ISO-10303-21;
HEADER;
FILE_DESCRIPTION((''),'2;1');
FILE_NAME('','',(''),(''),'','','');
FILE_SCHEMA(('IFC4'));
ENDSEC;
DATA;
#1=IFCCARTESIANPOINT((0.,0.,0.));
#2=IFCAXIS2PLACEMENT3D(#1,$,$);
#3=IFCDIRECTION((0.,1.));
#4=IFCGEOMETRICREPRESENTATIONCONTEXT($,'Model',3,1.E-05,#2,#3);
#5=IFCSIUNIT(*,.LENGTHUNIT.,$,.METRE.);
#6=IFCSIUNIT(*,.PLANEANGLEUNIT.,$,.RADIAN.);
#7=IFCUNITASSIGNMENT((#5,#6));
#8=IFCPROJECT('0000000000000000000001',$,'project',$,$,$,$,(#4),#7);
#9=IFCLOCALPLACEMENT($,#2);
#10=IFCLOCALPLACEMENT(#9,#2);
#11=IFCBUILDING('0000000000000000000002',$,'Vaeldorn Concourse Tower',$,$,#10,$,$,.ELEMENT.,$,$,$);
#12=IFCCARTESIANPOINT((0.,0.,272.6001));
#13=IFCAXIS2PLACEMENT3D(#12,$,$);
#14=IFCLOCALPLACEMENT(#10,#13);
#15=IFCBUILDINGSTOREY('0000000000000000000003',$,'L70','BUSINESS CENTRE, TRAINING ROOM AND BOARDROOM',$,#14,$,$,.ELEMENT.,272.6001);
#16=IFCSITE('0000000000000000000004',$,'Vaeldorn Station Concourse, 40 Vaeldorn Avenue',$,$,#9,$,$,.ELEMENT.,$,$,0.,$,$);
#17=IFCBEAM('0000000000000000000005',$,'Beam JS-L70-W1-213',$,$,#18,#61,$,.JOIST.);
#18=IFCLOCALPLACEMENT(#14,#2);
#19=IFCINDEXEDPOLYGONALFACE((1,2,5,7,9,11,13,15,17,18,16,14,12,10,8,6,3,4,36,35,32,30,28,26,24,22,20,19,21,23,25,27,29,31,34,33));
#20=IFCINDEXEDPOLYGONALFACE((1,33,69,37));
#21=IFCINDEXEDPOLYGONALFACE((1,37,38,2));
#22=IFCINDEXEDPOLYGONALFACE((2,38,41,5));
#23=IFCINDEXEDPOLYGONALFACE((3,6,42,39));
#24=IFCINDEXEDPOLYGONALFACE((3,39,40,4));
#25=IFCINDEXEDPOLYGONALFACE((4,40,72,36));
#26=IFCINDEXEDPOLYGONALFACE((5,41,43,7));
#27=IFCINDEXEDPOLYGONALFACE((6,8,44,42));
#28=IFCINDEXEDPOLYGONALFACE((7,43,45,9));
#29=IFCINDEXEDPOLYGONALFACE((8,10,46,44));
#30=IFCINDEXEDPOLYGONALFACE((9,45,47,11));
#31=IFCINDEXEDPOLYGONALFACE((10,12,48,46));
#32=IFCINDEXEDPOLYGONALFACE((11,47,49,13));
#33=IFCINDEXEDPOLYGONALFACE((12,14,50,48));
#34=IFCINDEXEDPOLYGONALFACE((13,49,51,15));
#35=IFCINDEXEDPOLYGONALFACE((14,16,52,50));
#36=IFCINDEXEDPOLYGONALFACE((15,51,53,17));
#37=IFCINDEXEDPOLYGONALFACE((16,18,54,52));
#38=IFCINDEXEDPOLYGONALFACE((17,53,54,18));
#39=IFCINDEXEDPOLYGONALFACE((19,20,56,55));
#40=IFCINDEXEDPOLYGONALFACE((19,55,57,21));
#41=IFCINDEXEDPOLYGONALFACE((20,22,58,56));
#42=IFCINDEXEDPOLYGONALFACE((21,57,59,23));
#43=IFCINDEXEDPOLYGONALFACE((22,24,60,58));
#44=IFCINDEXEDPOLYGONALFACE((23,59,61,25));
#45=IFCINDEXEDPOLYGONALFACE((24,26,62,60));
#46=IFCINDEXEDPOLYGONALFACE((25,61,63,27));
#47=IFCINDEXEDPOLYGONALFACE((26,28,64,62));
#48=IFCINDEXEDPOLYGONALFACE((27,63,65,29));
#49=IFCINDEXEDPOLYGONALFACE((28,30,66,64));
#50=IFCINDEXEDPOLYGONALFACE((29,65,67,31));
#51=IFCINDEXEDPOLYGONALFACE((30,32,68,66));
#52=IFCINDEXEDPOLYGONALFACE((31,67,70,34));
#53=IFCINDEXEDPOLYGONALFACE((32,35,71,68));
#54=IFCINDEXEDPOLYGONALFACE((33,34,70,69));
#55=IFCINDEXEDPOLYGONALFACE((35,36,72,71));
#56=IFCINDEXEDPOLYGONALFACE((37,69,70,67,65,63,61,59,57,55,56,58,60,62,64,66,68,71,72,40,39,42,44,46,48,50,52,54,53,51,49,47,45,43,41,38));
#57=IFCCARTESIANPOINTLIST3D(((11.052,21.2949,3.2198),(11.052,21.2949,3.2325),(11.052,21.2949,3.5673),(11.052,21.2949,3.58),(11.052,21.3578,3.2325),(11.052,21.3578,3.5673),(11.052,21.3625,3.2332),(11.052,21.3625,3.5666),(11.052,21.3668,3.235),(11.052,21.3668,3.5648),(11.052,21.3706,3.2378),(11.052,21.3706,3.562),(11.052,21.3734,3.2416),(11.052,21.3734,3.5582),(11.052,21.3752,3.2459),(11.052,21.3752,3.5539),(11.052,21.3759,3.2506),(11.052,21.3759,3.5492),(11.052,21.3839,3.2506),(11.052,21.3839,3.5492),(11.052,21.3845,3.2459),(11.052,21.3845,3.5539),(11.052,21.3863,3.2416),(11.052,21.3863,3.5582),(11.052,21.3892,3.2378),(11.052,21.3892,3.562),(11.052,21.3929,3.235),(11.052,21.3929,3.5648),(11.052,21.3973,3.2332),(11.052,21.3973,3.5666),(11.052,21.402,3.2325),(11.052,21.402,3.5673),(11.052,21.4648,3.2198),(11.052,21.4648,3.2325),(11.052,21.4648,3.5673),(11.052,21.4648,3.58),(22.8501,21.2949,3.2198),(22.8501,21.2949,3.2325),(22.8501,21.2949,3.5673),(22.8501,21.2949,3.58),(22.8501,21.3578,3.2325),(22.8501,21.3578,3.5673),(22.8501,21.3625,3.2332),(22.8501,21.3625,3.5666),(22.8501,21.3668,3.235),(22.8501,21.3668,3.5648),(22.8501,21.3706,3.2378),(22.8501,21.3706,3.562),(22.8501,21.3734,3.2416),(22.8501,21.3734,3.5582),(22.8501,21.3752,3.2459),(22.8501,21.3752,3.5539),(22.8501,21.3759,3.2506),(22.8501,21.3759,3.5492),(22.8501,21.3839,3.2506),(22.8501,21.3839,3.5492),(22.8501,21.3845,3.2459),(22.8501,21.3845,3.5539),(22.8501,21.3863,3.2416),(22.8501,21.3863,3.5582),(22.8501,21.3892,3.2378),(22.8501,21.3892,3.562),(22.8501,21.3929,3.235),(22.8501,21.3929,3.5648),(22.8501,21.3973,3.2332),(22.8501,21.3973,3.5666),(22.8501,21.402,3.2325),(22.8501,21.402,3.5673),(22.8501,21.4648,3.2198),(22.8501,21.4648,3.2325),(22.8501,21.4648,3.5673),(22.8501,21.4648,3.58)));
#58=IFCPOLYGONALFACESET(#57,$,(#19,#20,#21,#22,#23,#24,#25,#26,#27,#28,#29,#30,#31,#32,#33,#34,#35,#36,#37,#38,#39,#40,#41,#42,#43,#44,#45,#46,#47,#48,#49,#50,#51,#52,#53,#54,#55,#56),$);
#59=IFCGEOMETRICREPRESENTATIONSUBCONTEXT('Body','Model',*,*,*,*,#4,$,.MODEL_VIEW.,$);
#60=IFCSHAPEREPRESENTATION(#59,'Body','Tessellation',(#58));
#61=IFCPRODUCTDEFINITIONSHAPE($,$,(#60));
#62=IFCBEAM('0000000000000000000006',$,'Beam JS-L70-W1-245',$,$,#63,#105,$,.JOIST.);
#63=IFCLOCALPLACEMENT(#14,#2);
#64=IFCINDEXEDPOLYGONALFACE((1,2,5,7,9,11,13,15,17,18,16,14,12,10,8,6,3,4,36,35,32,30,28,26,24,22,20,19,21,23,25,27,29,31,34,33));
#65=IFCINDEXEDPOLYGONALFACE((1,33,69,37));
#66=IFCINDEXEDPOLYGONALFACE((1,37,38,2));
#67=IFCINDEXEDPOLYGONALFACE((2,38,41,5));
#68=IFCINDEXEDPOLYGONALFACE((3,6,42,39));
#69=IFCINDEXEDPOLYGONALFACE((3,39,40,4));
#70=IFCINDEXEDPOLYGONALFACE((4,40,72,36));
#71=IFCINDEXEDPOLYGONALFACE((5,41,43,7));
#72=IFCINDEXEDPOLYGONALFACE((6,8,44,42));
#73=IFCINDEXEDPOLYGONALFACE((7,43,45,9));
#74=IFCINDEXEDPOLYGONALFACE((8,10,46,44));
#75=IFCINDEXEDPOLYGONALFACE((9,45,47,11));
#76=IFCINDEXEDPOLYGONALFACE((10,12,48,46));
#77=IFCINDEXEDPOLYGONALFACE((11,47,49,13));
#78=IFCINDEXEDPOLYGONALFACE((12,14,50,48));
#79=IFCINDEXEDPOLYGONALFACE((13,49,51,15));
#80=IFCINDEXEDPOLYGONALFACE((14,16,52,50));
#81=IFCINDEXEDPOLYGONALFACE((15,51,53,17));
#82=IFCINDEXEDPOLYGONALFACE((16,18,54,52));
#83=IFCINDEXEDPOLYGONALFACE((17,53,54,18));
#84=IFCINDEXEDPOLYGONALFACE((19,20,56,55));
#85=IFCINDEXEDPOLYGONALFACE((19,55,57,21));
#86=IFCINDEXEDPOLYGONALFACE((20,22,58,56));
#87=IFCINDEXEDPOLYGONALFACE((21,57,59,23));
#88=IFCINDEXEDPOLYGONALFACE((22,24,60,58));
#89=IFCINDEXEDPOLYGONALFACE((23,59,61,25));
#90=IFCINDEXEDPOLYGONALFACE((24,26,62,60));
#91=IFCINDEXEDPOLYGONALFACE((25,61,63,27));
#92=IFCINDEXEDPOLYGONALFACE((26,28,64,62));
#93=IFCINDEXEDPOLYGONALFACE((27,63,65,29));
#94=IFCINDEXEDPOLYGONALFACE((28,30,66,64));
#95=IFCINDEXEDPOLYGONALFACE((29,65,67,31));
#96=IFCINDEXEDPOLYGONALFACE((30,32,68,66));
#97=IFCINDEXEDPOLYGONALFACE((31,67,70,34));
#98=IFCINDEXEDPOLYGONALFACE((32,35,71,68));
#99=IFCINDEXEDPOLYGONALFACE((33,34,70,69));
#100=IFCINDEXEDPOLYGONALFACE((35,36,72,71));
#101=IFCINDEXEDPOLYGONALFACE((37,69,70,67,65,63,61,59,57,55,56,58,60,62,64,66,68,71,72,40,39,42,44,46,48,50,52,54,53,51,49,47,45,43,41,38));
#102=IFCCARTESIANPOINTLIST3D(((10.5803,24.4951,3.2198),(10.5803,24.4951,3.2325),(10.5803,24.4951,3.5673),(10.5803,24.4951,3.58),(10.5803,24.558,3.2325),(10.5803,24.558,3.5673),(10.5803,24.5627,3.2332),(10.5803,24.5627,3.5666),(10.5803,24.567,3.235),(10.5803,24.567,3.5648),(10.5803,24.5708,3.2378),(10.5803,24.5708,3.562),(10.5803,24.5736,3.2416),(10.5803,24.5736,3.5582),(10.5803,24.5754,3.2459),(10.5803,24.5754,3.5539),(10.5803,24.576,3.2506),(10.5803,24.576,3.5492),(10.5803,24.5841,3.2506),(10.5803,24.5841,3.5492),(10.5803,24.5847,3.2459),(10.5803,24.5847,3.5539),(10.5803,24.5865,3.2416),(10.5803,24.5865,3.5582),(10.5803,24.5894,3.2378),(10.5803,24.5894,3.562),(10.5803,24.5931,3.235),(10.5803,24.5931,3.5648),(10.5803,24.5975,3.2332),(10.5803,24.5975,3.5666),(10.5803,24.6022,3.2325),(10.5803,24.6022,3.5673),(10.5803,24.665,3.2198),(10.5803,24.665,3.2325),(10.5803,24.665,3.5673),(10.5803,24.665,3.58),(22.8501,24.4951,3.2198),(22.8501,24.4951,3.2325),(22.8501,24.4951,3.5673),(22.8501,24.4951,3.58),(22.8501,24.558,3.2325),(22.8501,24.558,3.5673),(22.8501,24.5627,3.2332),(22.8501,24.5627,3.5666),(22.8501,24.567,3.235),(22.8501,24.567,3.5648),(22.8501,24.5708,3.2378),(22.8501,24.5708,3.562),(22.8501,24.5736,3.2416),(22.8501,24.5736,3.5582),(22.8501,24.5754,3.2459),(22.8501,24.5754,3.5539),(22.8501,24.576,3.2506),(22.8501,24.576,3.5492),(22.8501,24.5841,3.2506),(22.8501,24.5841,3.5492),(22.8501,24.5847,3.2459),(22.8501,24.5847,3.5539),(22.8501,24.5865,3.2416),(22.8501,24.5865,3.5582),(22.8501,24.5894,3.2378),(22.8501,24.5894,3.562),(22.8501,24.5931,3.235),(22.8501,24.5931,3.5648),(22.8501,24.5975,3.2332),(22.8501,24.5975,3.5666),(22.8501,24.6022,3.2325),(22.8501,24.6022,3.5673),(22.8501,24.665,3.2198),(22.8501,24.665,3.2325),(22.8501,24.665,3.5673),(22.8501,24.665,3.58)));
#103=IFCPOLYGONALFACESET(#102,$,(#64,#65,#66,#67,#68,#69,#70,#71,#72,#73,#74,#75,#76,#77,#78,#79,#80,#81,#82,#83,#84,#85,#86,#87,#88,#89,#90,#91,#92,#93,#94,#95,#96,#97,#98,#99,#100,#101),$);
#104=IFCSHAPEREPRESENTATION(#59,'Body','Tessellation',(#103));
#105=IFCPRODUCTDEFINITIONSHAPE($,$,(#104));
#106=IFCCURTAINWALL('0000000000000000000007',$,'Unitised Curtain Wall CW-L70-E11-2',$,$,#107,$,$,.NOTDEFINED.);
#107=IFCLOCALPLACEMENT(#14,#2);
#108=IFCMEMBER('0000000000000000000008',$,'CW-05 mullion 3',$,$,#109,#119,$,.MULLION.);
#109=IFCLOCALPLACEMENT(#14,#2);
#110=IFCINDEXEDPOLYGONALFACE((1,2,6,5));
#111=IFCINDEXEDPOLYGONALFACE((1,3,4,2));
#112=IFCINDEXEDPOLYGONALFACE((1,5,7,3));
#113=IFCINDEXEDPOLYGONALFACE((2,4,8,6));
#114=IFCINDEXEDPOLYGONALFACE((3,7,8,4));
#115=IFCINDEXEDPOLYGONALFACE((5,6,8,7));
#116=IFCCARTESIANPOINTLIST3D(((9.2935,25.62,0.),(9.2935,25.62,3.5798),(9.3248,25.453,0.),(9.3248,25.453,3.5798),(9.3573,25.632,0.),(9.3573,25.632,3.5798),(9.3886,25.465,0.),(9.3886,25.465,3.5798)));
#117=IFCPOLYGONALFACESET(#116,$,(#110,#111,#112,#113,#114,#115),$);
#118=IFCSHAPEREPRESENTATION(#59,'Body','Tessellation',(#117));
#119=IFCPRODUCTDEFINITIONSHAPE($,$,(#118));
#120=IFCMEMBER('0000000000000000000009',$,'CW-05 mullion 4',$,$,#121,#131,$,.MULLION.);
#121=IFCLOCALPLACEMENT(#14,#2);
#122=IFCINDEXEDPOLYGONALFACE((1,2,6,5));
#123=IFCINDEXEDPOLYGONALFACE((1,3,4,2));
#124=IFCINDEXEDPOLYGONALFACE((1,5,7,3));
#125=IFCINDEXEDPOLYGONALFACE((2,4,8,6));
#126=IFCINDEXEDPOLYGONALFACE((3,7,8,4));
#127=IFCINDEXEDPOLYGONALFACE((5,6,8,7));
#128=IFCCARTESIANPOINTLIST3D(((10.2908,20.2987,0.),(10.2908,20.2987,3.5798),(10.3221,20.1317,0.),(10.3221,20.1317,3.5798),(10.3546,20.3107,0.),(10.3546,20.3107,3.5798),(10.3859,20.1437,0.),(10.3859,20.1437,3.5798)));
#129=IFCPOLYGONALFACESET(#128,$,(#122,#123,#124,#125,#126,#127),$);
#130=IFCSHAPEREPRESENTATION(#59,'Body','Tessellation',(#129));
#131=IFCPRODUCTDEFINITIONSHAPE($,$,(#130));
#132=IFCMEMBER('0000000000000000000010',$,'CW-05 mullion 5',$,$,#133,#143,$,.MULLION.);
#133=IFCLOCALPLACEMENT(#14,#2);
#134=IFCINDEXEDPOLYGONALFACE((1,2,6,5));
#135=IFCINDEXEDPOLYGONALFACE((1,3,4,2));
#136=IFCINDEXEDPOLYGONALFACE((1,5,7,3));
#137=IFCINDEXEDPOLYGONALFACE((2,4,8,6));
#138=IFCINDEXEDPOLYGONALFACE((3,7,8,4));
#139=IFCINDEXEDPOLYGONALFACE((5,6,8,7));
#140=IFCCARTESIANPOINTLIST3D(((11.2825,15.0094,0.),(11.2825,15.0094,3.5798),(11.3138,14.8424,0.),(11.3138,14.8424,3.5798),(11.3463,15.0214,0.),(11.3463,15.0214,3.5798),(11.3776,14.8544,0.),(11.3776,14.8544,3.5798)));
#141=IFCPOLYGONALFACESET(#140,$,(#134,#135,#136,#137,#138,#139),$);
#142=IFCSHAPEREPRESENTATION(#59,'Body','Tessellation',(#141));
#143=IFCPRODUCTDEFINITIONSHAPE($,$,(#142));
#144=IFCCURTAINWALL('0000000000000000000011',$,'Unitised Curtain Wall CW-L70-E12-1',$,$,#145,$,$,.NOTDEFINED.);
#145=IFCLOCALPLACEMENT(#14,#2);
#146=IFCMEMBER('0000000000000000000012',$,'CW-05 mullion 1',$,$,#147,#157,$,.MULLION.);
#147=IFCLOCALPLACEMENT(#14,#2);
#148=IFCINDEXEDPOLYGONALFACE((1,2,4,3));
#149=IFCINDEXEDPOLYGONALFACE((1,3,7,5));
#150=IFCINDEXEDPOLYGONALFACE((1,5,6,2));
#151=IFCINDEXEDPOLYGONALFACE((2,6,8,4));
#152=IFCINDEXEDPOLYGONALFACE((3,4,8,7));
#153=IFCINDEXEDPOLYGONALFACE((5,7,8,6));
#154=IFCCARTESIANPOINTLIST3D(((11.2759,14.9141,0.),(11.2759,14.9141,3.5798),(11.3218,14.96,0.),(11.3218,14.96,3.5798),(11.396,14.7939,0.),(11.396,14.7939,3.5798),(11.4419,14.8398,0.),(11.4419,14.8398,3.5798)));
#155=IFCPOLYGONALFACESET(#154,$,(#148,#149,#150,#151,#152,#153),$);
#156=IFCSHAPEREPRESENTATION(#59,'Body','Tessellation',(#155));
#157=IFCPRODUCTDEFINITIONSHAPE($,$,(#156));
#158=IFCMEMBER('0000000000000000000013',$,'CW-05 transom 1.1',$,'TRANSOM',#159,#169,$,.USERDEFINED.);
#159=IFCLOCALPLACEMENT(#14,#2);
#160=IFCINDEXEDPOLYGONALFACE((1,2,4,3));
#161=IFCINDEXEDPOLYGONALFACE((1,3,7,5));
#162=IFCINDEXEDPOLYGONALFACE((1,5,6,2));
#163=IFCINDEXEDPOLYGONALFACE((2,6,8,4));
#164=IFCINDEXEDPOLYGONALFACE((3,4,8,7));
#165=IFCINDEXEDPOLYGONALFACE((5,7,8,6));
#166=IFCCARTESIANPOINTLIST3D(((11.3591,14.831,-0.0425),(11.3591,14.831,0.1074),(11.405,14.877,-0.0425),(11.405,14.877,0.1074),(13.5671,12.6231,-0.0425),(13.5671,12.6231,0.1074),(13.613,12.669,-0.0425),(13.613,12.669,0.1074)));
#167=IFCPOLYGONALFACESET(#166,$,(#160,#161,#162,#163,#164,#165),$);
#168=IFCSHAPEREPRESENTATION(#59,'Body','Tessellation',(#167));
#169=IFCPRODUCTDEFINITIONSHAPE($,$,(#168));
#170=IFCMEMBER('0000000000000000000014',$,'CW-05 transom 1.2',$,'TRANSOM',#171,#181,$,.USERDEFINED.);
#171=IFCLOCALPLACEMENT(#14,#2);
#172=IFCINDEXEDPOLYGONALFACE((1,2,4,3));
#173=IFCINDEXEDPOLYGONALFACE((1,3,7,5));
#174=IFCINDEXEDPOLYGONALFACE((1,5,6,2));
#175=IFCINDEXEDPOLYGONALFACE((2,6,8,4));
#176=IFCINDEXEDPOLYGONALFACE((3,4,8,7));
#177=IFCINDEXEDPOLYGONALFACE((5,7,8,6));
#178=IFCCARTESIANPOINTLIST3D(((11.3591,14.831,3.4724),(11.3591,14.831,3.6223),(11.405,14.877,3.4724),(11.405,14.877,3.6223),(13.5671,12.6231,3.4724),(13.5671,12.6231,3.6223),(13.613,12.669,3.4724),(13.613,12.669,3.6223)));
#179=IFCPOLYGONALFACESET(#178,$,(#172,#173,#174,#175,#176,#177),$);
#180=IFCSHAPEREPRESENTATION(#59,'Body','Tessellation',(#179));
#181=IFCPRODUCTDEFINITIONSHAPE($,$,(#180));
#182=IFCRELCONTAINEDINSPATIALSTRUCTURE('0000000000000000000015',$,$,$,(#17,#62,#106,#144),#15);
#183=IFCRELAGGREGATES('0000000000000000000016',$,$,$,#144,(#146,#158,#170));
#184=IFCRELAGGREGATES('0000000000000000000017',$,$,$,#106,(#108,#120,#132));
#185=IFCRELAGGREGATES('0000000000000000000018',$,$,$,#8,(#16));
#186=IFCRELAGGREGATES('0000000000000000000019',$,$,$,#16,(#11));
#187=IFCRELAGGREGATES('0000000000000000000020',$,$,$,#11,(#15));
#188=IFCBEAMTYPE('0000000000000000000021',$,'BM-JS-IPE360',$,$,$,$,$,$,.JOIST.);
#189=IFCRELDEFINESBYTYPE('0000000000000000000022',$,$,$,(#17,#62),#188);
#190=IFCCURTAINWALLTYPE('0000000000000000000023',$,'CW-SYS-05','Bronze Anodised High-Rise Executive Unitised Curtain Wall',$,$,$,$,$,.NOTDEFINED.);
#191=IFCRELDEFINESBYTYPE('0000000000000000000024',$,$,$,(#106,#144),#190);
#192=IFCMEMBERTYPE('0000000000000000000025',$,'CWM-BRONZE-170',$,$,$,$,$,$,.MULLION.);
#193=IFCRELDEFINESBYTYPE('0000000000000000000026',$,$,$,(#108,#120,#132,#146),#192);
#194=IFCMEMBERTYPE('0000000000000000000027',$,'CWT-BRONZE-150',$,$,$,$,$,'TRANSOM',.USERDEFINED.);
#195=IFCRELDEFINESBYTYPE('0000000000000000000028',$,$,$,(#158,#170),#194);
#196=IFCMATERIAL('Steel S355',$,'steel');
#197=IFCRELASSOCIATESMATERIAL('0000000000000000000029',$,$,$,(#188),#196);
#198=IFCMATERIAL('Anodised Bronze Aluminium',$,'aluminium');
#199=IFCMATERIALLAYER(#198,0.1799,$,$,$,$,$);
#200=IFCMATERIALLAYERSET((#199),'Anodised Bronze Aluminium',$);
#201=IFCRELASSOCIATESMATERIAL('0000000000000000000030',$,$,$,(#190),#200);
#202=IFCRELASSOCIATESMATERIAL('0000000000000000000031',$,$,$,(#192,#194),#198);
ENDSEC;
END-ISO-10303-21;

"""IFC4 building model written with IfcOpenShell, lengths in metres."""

from ifc_helpers import new_model, si_unit, direction, frame, origin, origin_2d, place, context, subcontext, project, spatial, rectangle, i_section, extrude, source, transform, mapped, material, layer, layer_set, material_profile, profile_set, type_object, element, aggregate, save


model = new_model("IFC4")

# Units and contexts
model_context = context("Model", 3, precision=1e-05, world=origin(), true_north=direction((0.0, 1.0)))
body_context = subcontext(model_context, "Body", "Model", "MODEL_VIEW")
ifc_project = project(units=[si_unit("LENGTHUNIT", "METRE"), si_unit("PLANEANGLEUNIT", "RADIAN")], contexts=[model_context])

# Site, building, storey
site_placement = place(None, origin())
site = spatial("IfcSite", under=ifc_project, at=site_placement, Name="Vaeldorn Station Concourse, 40 Vaeldorn Avenue", CompositionType="ELEMENT", RefElevation=0.0)
building_placement = place(site_placement, origin())
building = spatial("IfcBuilding", under=site, at=building_placement, Name="Vaeldorn Concourse Tower", CompositionType="ELEMENT")
storey_placement = place(building_placement, frame((0.0, 0.0, 272.6001)))
storey = spatial("IfcBuildingStorey", under=building, at=storey_placement, Name="L70", Description="BUSINESS CENTRE, TRAINING ROOM AND BOARDROOM", CompositionType="ELEMENT", Elevation=272.6001)

# Shared definitions
ifc_material_1 = material(Name="Steel S355", Category="steel")

# Beams
ifc_material_profile_1 = material_profile(ifc_material_1, i_section(OverallWidth=0.1699, OverallDepth=0.3601, WebThickness=0.0081, FlangeThickness=0.0127, FilletRadius=0.0181, at=origin_2d()), Name="IPE 360")
ifc_profile_set_1 = profile_set([ifc_material_profile_1], Name="Steel S355")
beam_type_1 = type_object("IfcBeamType", Name="BM-JS-IPE360", PredefinedType="JOIST", material=ifc_profile_set_1)
shared_shape_1 = source(origin(), body_context, "Body", "SweptSolid", [
    extrude(i_section(OverallWidth=0.1699, OverallDepth=0.3601, WebThickness=0.0081, FlangeThickness=0.0127, FilletRadius=0.0181, at=origin_2d()), origin(), (0.0, 0.0, 1.0), 11.7981),
])
beam_1_placement = place(storey_placement, frame((11.052, 21.3799, 3.3999), z_axis=(1.0, 0.0, 0.0), x_axis=(0.0, 1.0, 0.0)))
element("IfcBeam", 1, at=beam_1_placement, inside=storey, type_object=beam_type_1, Name="Beam JS-L70-W1-213", PredefinedType="JOIST", context=body_context, shape_type="MappedRepresentation", body=[
    mapped(shared_shape_1, transform((0.0, 0.0, 0.0), scale=1.0)),
])
shared_shape_2 = source(origin(), body_context, "Body", "SweptSolid", [
    extrude(i_section(OverallWidth=0.1699, OverallDepth=0.3601, WebThickness=0.0081, FlangeThickness=0.0127, FilletRadius=0.0181, at=origin_2d()), origin(), (0.0, 0.0, 1.0), 12.2698),
])
beam_2_placement = place(storey_placement, frame((10.5803, 24.5801, 3.3999), z_axis=(1.0, 0.0, 0.0), x_axis=(0.0, 1.0, 0.0)))
element("IfcBeam", 2, at=beam_2_placement, inside=storey, type_object=beam_type_1, Name="Beam JS-L70-W1-245", PredefinedType="JOIST", context=body_context, shape_type="MappedRepresentation", body=[
    mapped(shared_shape_2, transform((0.0, 0.0, 0.0), scale=1.0)),
])

# Curtain walls, members
ifc_material_2 = material(Name="Anodised Bronze Aluminium", Category="aluminium")
ifc_layer_1 = layer(ifc_material_2, 0.1799)
ifc_layer_set_1 = layer_set([ifc_layer_1], Name="Anodised Bronze Aluminium")
curtain_wall_type = type_object("IfcCurtainWallType", Name="CW-SYS-05", Description="Bronze Anodised High-Rise Executive Unitised Curtain Wall", PredefinedType="NOTDEFINED", material=ifc_layer_set_1)
curtain_wall_1_placement = place(storey_placement, origin())
curtain_wall_1 = element("IfcCurtainWall", 3, at=curtain_wall_1_placement, inside=storey, type_object=curtain_wall_type, Name="Unitised Curtain Wall CW-L70-E11-2", PredefinedType="NOTDEFINED")
ifc_material_profile_2 = material_profile(ifc_material_2, rectangle(XDim=0.0649, YDim=0.1699, at=origin_2d()), Name="CWM 65x170")
ifc_profile_set_2 = profile_set([ifc_material_profile_2], Name="Anodised Bronze Aluminium")
member_type_1 = type_object("IfcMemberType", Name="CWM-BRONZE-170", PredefinedType="MULLION", material=ifc_profile_set_2)
shared_shape_3 = source(origin(), body_context, "Body", "SweptSolid", [
    extrude(rectangle(XDim=0.0649, YDim=0.1699, at=origin_2d()), origin(), (0.0, 0.0, 1.0), 3.5798),
])
member_1_placement = place(storey_placement, frame((9.3411, 25.5425, 0.0), z_axis=(0.0, 0.0, 1.0), x_axis=(0.98288, 0.184247, 0.0)))
member_1 = element("IfcMember", 4, at=member_1_placement, type_object=member_type_1, Name="CW-05 mullion 3", PredefinedType="MULLION", context=body_context, shape_type="MappedRepresentation", body=[
    mapped(shared_shape_3, transform((0.0, 0.0, 0.0), scale=1.0)),
])
member_2_placement = place(storey_placement, frame((10.3384, 20.2212, 0.0), z_axis=(0.0, 0.0, 1.0), x_axis=(0.98288, 0.184247, 0.0)))
member_2 = element("IfcMember", 5, at=member_2_placement, type_object=member_type_1, Name="CW-05 mullion 4", PredefinedType="MULLION", context=body_context, shape_type="MappedRepresentation", body=[
    mapped(shared_shape_3, transform((0.0, 0.0, 0.0), scale=1.0)),
])
member_3_placement = place(storey_placement, frame((11.3301, 14.9319, 0.0), z_axis=(0.0, 0.0, 1.0), x_axis=(0.98288, 0.184247, 0.0)))
member_3 = element("IfcMember", 6, at=member_3_placement, type_object=member_type_1, Name="CW-05 mullion 5", PredefinedType="MULLION", context=body_context, shape_type="MappedRepresentation", body=[
    mapped(shared_shape_3, transform((0.0, 0.0, 0.0), scale=1.0)),
])
curtain_wall_2_placement = place(storey_placement, origin())
curtain_wall_2 = element("IfcCurtainWall", 7, at=curtain_wall_2_placement, inside=storey, type_object=curtain_wall_type, Name="Unitised Curtain Wall CW-L70-E12-1", PredefinedType="NOTDEFINED")
member_4_placement = place(storey_placement, frame((11.3589, 14.877, 0.0), z_axis=(0.0, 0.0, 1.0), x_axis=(0.707107, 0.707107, 0.0)))
member_4 = element("IfcMember", 8, at=member_4_placement, type_object=member_type_1, Name="CW-05 mullion 1", PredefinedType="MULLION", context=body_context, shape_type="MappedRepresentation", body=[
    mapped(shared_shape_3, transform((0.0, 0.0, 0.0), scale=1.0)),
])
ifc_material_profile_3 = material_profile(ifc_material_2, rectangle(XDim=0.0649, YDim=0.1499, at=origin_2d()), Name="CWT 65x150")
ifc_profile_set_3 = profile_set([ifc_material_profile_3], Name="Anodised Bronze Aluminium")
member_type_2 = type_object("IfcMemberType", Name="CWT-BRONZE-150", ElementType="TRANSOM", PredefinedType="USERDEFINED", material=ifc_profile_set_3)
shared_shape_4 = source(origin(), body_context, "Body", "SweptSolid", [
    extrude(rectangle(XDim=0.0649, YDim=0.1499, at=origin_2d()), origin(), (0.0, 0.0, 1.0), 3.1226),
])
member_5_placement = place(storey_placement, frame((11.3821, 14.854, 0.0325), z_axis=(0.707107, -0.707107, 0.0), x_axis=(0.707107, 0.707107, 0.0)))
member_5 = element("IfcMember", 9, at=member_5_placement, type_object=member_type_2, Name="CW-05 transom 1.1", ObjectType="TRANSOM", PredefinedType="USERDEFINED", context=body_context, shape_type="MappedRepresentation", body=[
    mapped(shared_shape_4, transform((0.0, 0.0, 0.0), scale=1.0)),
])
member_6_placement = place(storey_placement, frame((11.3821, 14.854, 3.5474), z_axis=(0.707107, -0.707107, 0.0), x_axis=(0.707107, 0.707107, 0.0)))
member_6 = element("IfcMember", 10, at=member_6_placement, type_object=member_type_2, Name="CW-05 transom 1.2", ObjectType="TRANSOM", PredefinedType="USERDEFINED", context=body_context, shape_type="MappedRepresentation", body=[
    mapped(shared_shape_4, transform((0.0, 0.0, 0.0), scale=1.0)),
])
aggregate(curtain_wall_2, [member_4, member_5, member_6])

aggregate(curtain_wall_1, [member_1, member_2, member_3])

save(model, "model.ifc")
